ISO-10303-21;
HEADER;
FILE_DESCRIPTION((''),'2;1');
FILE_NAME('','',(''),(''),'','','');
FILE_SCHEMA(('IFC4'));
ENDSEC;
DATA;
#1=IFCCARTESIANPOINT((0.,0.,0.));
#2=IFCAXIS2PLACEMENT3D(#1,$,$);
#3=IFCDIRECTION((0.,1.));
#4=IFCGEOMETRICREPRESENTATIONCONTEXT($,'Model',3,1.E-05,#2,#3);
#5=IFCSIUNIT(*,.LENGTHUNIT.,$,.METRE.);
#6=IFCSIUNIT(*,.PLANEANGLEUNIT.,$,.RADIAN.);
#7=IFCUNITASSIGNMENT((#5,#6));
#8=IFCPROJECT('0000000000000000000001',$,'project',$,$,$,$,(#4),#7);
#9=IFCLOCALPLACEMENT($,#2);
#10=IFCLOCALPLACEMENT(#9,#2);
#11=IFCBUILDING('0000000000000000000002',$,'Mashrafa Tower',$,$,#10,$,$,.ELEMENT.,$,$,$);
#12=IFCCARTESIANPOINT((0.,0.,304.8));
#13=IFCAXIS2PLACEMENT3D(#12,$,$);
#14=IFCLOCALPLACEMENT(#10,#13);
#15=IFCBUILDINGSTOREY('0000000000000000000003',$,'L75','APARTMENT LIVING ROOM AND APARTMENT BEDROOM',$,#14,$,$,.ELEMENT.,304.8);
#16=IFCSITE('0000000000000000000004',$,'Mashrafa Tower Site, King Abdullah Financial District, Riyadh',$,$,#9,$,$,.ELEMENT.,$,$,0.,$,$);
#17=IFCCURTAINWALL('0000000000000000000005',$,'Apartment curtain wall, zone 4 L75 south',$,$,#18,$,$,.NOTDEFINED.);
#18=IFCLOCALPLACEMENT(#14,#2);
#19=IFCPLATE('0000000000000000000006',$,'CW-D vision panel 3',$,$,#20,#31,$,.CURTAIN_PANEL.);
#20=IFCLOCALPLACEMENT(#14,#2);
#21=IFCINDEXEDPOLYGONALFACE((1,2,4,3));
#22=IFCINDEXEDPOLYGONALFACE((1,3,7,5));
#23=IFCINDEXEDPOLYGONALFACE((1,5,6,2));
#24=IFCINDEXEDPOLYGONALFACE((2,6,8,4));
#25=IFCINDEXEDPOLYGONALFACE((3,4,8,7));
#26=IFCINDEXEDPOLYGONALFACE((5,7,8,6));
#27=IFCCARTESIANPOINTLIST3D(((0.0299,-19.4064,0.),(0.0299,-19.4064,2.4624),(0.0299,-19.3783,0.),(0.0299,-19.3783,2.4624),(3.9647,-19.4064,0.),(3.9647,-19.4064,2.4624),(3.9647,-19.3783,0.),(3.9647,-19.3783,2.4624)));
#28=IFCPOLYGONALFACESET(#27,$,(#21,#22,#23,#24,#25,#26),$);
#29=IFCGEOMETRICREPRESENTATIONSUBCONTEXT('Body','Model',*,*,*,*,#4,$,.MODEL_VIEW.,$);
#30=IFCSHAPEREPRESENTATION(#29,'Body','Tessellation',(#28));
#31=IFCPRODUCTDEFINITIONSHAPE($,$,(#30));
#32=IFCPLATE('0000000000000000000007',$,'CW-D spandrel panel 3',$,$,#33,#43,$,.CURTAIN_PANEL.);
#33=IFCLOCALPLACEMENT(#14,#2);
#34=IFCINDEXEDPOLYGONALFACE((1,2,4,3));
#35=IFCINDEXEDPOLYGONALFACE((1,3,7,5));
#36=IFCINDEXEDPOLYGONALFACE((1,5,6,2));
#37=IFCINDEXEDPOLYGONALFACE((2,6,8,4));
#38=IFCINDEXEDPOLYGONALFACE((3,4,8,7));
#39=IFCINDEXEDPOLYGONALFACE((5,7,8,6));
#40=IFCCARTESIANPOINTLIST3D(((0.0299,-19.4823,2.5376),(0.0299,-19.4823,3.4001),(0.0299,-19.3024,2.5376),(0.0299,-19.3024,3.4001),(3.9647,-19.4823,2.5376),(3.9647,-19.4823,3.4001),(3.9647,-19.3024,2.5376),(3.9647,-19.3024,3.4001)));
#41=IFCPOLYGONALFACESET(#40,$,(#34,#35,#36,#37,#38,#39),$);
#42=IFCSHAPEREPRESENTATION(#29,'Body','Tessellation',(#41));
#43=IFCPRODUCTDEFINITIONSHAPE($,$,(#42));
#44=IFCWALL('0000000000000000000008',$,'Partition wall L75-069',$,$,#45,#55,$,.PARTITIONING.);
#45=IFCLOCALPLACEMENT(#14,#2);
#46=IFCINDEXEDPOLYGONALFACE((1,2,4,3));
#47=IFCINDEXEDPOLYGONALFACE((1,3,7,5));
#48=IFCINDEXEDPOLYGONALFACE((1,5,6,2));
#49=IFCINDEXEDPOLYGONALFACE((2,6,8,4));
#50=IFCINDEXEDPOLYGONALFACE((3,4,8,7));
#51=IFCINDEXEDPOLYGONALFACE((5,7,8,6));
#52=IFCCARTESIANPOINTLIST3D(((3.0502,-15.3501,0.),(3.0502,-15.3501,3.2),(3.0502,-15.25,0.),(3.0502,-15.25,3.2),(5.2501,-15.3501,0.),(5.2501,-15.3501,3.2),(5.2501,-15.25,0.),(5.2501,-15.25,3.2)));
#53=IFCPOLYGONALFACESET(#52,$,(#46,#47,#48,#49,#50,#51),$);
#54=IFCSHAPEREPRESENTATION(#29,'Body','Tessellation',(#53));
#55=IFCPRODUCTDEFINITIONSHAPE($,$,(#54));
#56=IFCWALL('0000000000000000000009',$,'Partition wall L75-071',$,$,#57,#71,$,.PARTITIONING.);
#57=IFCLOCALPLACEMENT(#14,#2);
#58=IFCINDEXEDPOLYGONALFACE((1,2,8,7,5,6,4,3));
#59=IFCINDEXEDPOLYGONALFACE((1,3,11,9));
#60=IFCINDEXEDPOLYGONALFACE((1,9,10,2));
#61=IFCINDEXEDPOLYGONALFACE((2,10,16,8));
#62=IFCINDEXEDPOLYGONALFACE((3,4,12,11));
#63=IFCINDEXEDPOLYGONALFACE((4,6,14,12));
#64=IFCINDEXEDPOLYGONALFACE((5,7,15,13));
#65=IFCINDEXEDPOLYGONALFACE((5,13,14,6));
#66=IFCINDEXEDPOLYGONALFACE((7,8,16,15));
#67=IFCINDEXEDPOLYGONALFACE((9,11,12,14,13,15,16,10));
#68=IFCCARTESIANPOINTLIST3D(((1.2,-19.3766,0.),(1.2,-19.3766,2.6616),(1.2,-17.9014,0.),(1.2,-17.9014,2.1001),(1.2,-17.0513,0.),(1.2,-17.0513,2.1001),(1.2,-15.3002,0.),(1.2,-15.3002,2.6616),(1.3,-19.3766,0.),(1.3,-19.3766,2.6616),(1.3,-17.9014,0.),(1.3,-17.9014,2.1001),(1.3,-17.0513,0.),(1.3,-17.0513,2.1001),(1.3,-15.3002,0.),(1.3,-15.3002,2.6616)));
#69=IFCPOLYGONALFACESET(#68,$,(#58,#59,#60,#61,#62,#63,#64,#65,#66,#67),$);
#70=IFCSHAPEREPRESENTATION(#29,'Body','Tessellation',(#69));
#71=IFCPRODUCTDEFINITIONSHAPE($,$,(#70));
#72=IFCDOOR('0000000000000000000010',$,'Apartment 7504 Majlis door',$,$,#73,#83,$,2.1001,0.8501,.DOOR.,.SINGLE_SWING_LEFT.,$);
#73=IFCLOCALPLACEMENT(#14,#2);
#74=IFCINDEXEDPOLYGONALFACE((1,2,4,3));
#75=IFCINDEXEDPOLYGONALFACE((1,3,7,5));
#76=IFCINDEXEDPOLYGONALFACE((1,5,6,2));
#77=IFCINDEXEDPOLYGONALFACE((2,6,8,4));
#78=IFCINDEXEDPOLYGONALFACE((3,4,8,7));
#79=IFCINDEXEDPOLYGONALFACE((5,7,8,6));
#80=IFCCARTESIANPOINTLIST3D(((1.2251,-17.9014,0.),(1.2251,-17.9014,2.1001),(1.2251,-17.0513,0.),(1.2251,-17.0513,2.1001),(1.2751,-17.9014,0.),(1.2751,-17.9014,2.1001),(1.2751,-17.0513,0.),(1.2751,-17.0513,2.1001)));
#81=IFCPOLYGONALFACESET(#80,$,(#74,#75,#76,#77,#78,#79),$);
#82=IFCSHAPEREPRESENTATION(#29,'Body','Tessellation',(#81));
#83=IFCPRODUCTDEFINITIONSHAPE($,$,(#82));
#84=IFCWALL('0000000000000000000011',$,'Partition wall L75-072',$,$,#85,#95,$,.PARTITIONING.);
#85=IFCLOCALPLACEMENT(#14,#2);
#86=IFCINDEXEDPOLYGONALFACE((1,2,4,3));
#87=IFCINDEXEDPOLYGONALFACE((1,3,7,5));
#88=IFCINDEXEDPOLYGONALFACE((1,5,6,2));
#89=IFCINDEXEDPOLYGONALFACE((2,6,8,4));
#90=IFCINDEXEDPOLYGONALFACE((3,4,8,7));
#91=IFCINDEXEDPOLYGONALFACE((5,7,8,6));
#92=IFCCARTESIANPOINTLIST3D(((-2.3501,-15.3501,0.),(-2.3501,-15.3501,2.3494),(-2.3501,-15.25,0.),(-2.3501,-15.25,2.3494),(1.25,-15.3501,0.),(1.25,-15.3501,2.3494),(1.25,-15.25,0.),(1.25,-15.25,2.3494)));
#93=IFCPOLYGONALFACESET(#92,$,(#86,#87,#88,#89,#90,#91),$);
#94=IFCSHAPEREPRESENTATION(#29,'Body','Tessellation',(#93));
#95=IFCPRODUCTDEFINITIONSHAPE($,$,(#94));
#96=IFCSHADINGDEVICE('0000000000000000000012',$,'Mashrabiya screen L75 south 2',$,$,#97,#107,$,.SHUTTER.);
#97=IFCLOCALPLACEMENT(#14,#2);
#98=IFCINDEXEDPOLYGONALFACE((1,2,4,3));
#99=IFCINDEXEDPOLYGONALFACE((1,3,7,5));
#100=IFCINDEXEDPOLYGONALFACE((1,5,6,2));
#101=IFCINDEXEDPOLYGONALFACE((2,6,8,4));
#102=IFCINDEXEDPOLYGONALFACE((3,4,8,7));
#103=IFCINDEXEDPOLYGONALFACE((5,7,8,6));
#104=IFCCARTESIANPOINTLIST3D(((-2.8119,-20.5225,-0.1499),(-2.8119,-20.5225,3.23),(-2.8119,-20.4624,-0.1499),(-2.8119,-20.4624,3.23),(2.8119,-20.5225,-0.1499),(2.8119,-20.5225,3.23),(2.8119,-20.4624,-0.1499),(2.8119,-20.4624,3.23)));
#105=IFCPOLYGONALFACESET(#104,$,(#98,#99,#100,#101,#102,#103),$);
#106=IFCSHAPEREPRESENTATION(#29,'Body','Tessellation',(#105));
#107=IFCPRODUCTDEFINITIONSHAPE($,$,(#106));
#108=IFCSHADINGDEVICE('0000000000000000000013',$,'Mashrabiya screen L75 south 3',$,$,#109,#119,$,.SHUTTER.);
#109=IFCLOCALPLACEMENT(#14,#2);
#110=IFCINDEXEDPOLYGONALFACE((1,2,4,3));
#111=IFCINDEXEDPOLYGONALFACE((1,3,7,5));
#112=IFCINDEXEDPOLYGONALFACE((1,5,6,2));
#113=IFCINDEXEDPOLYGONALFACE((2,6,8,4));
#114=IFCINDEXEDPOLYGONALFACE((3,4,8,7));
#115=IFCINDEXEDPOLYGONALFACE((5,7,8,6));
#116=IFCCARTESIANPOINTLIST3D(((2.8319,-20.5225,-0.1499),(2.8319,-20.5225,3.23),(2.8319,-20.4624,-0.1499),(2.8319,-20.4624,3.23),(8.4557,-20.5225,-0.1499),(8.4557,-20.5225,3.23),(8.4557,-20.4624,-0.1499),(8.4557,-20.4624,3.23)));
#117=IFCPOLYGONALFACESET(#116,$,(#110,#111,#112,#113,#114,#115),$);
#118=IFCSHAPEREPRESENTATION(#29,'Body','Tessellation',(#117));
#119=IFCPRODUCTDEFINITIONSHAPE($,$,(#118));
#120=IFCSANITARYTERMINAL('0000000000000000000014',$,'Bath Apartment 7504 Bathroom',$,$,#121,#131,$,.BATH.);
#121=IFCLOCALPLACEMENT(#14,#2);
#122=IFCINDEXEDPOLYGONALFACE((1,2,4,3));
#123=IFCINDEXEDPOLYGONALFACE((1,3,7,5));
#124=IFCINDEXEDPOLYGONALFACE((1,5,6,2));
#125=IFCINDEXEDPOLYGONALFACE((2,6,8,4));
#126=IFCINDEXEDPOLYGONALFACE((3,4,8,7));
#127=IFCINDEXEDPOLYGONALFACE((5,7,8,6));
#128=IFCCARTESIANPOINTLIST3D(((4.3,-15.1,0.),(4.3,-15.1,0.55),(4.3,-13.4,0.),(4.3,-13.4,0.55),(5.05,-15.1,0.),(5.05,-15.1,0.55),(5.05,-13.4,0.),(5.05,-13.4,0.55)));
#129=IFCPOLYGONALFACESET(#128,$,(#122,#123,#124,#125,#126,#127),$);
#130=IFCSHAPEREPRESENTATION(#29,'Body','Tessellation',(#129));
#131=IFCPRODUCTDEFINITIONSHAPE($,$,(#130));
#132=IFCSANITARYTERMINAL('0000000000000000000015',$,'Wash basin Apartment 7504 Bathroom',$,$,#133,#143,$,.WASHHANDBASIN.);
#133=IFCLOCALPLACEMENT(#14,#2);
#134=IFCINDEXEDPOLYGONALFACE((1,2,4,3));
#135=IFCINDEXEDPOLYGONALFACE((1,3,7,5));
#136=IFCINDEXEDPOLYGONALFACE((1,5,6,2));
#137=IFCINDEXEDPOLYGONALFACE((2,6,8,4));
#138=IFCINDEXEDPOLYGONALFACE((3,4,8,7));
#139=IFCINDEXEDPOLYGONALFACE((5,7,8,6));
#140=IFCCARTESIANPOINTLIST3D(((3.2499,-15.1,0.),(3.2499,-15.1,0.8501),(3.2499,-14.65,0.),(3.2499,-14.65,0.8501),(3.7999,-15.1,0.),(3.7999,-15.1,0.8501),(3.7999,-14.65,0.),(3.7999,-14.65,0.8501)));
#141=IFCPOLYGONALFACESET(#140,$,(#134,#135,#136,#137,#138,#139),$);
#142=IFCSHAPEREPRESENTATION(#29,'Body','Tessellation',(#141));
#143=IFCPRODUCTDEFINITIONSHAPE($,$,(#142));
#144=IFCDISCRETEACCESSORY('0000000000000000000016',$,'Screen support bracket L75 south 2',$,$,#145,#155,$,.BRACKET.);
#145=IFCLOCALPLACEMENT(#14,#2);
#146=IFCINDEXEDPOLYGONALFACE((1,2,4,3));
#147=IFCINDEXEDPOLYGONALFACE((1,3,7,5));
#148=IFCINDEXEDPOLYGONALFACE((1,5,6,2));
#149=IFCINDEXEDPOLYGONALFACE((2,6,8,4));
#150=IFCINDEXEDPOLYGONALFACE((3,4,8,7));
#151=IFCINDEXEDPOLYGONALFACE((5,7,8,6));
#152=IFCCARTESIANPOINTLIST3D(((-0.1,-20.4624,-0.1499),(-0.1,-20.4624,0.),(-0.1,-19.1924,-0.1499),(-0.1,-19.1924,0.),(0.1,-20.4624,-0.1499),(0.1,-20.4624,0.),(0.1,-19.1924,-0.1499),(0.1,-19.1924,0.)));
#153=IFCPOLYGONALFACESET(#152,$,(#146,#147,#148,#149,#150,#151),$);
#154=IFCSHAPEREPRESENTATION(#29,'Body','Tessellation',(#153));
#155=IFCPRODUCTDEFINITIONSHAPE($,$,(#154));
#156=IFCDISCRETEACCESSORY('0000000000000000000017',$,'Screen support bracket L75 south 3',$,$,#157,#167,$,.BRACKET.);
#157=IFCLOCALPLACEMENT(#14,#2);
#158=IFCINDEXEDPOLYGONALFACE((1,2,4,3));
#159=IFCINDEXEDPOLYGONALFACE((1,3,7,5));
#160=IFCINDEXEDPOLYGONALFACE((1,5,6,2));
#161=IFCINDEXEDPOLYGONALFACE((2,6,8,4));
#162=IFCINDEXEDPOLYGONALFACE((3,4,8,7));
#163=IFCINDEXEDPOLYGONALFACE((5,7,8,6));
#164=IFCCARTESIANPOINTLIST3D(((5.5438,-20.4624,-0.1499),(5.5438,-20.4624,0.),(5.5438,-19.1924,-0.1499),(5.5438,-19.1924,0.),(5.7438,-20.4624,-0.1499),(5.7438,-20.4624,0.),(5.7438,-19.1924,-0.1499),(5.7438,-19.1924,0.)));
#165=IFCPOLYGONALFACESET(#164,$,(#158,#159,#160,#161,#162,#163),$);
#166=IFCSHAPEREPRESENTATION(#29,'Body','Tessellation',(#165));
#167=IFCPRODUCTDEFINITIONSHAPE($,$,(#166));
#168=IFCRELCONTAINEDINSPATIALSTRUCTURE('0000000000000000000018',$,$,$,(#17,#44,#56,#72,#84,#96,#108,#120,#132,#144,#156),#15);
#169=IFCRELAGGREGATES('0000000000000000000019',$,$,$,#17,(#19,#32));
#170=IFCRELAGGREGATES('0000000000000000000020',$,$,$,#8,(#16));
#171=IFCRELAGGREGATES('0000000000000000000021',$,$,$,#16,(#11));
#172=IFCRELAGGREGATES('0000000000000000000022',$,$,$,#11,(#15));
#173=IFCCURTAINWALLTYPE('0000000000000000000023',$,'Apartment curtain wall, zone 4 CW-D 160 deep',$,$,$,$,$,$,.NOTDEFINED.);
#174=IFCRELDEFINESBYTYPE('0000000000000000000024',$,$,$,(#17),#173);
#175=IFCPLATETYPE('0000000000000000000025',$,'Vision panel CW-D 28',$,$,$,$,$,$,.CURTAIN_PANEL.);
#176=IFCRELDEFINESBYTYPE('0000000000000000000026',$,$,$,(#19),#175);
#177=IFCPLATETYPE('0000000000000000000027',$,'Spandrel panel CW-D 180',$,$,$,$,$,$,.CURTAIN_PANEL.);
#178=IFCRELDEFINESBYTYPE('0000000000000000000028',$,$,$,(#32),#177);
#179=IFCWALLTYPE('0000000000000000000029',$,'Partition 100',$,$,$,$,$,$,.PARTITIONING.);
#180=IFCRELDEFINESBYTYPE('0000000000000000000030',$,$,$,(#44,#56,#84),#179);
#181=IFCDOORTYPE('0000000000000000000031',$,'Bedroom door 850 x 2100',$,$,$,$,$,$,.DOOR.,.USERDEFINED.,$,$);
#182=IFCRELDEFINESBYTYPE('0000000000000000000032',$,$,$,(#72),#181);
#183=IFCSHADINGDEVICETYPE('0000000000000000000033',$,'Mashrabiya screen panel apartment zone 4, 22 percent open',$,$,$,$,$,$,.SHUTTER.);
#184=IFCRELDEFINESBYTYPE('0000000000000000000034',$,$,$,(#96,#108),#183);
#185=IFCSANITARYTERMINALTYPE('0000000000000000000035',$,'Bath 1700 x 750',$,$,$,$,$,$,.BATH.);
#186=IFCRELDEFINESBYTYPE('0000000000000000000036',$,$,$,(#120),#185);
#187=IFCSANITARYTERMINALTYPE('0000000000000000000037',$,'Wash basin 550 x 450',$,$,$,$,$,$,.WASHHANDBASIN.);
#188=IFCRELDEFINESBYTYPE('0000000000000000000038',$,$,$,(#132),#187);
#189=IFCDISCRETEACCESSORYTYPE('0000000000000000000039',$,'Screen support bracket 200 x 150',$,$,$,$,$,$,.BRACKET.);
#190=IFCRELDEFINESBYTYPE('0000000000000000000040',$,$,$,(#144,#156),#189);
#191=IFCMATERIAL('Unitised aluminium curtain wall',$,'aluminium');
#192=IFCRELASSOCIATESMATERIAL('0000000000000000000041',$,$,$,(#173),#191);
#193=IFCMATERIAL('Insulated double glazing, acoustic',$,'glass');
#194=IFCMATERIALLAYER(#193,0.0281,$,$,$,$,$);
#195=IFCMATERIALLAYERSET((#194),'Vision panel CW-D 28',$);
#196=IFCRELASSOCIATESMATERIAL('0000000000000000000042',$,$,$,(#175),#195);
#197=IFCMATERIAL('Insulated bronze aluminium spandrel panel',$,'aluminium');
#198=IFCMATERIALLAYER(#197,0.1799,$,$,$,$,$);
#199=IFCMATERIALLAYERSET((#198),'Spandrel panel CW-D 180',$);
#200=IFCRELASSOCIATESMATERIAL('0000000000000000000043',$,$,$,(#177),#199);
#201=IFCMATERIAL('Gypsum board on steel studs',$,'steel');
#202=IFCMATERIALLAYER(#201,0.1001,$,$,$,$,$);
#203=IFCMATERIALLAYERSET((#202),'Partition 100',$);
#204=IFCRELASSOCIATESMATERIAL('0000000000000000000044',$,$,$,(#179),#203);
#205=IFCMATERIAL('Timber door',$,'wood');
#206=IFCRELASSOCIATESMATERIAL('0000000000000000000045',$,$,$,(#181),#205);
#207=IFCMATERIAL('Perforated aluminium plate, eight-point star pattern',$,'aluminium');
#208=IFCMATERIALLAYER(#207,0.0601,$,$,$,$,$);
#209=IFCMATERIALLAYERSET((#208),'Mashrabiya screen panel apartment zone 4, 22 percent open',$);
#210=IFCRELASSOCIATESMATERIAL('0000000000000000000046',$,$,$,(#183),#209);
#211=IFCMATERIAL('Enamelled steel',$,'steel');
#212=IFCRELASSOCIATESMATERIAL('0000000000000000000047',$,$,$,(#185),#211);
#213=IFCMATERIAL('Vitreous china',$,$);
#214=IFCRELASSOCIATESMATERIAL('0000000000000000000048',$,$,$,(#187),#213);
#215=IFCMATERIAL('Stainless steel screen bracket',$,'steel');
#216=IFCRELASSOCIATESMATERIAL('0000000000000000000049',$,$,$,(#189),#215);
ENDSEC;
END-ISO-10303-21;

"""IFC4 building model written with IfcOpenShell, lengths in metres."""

from ifc_helpers import new_model, si_unit, direction, frame, frame_2d, origin, origin_2d, place, context, subcontext, project, spatial, rectangle, extrude, source, transform, mapped, material, layer, layer_set, type_object, type_shapes, element, fill, aggregate, save


model = new_model("IFC4")

# Units and contexts
model_context = context("Model", 3, precision=1e-05, world=origin(), true_north=direction((0.0, 1.0)))
body_context = subcontext(model_context, "Body", "Model", "MODEL_VIEW")
ifc_project = project(units=[si_unit("LENGTHUNIT", "METRE"), si_unit("PLANEANGLEUNIT", "RADIAN")], contexts=[model_context])

# Site, building, storey
site_placement = place(None, origin())
site = spatial("IfcSite", under=ifc_project, at=site_placement, Name="Mashrafa Tower Site, King Abdullah Financial District, Riyadh", CompositionType="ELEMENT", RefElevation=0.0)
building_placement = place(site_placement, origin())
building = spatial("IfcBuilding", under=site, at=building_placement, Name="Mashrafa Tower", CompositionType="ELEMENT")
storey_placement = place(building_placement, frame((0.0, 0.0, 304.8)))
storey = spatial("IfcBuildingStorey", under=building, at=storey_placement, Name="L75", Description="APARTMENT LIVING ROOM AND APARTMENT BEDROOM", CompositionType="ELEMENT", Elevation=304.8)

# Curtain wall
ifc_material_1 = material(Name="Unitised aluminium curtain wall", Category="aluminium")
curtain_wall_type = type_object("IfcCurtainWallType", Name="Apartment curtain wall, zone 4 CW-D 160 deep", PredefinedType="NOTDEFINED", material=ifc_material_1)
curtain_wall_1_placement = place(storey_placement, origin())
curtain_wall_1 = element("IfcCurtainWall", 1, at=curtain_wall_1_placement, inside=storey, type_object=curtain_wall_type, Name="Apartment curtain wall, zone 4 L75 south", PredefinedType="NOTDEFINED")

# Plates
ifc_material_2 = material(Name="Insulated double glazing, acoustic", Category="glass")
ifc_layer_1 = layer(ifc_material_2, 0.0281)
ifc_layer_set_1 = layer_set([ifc_layer_1], Name="Vision panel CW-D 28")
plate_type_1 = type_object("IfcPlateType", Name="Vision panel CW-D 28", PredefinedType="CURTAIN_PANEL", material=ifc_layer_set_1)
ifc_material_3 = material(Name="Insulated bronze aluminium spandrel panel", Category="aluminium")
ifc_layer_2 = layer(ifc_material_3, 0.1799)
ifc_layer_set_2 = layer_set([ifc_layer_2], Name="Spandrel panel CW-D 180")
plate_type_2 = type_object("IfcPlateType", Name="Spandrel panel CW-D 180", PredefinedType="CURTAIN_PANEL", material=ifc_layer_set_2)
shared_shape_1 = source(origin(), body_context, "Body", "SweptSolid", [
    extrude(rectangle(XDim=3.9348, YDim=0.0281, at=origin_2d()), origin(), (0.0, 0.0, 1.0), 2.4624),
])
plate_1_placement = place(storey_placement, frame((1.9973, -19.3923, 0.0), z_axis=(0.0, 0.0, 1.0), x_axis=(1.0, 0.0, 0.0)))
plate_1 = element("IfcPlate", 2, at=plate_1_placement, type_object=plate_type_1, Name="CW-D vision panel 3", PredefinedType="CURTAIN_PANEL", context=body_context, shape_type="MappedRepresentation", body=[
    mapped(shared_shape_1, transform((0.0, 0.0, 0.0))),
])
shared_shape_2 = source(origin(), body_context, "Body", "SweptSolid", [
    extrude(rectangle(XDim=3.9348, YDim=0.1799, at=origin_2d()), origin(), (0.0, 0.0, 1.0), 0.8625),
])
plate_2_placement = place(storey_placement, frame((1.9973, -19.3923, 2.5376), z_axis=(0.0, 0.0, 1.0), x_axis=(1.0, 0.0, 0.0)))
plate_2 = element("IfcPlate", 3, at=plate_2_placement, type_object=plate_type_2, Name="CW-D spandrel panel 3", PredefinedType="CURTAIN_PANEL", context=body_context, shape_type="MappedRepresentation", body=[
    mapped(shared_shape_2, transform((0.0, 0.0, 0.0))),
])
aggregate(curtain_wall_1, [plate_1, plate_2])

# Wall
ifc_material_4 = material(Name="Gypsum board on steel studs", Category="steel")
ifc_layer_3 = layer(ifc_material_4, 0.1001)
ifc_layer_set_3 = layer_set([ifc_layer_3], Name="Partition 100")
wall_type = type_object("IfcWallType", Name="Partition 100", PredefinedType="PARTITIONING", material=ifc_layer_set_3)
wall_1_placement = place(storey_placement, frame((3.05, -15.3, 0.0), z_axis=(0.0, 0.0, 1.0), x_axis=(1.0, 0.0, 0.0)))
element("IfcWall", 4, at=wall_1_placement, inside=storey, type_object=wall_type, Name="Partition wall L75-069", PredefinedType="PARTITIONING", context=body_context, shape_type="SweptSolid", body=[
    extrude(rectangle(XDim=2.2, YDim=0.1001, at=frame_2d((1.1001, 0.0))), origin(), (0.0, 0.0, 1.0), 3.2),
])

# Wall, opening, door
wall_2_placement = place(storey_placement, frame((1.25, -19.3765, 0.0), z_axis=(0.0, 0.0, 1.0), x_axis=(0.0, 1.0, 0.0)))
wall_2 = element("IfcWall", 5, at=wall_2_placement, inside=storey, type_object=wall_type, Name="Partition wall L75-071", PredefinedType="PARTITIONING", context=body_context, shape_type="SweptSolid", body=[
    extrude(rectangle(XDim=4.0764, YDim=0.1001, at=frame_2d((2.0381, 0.0))), origin(), (0.0, 0.0, 1.0), 2.6616),
])
opening_placement = place(wall_2_placement, frame((1.4751, 0.0, 0.0)))
opening = element("IfcOpeningElement", 6, at=opening_placement, cuts=wall_2, PredefinedType="OPENING", context=body_context, shape_type="SweptSolid", body=[
    extrude(rectangle(XDim=0.8501, YDim=2.1001, at=frame_2d((0.425, 1.05))), frame((0.0, 0.0601, 0.0), z_axis=(0.0, -1.0, 0.0), x_axis=(1.0, 0.0, 0.0)), (0.0, 0.0, 1.0), 0.1201),
])
ifc_material_5 = material(Name="Timber door", Category="wood")
door_type = type_object("IfcDoorType", Name="Bedroom door 850 x 2100", OperationType="USERDEFINED", PredefinedType="DOOR", material=ifc_material_5)
door_placement = place(opening_placement, origin())
door = element("IfcDoor", 7, at=door_placement, inside=storey, type_object=door_type, Name="Apartment 7504 Majlis door", OperationType="SINGLE_SWING_LEFT", OverallHeight=2.1001, OverallWidth=0.8501, PredefinedType="DOOR", context=body_context, shape_type="SweptSolid", body=[
    extrude(rectangle(XDim=0.8501, YDim=2.1001, at=frame_2d((0.425, 1.05))), frame((0.0, 0.0249, 0.0), z_axis=(0.0, -1.0, 0.0), x_axis=(1.0, 0.0, 0.0)), (0.0, 0.0, 1.0), 0.05),
])
fill(opening, door)

# Wall
wall_3_placement = place(storey_placement, frame((1.25, -15.3, 0.0), z_axis=(0.0, 0.0, 1.0), x_axis=(-1.0, 0.0, 0.0)))
element("IfcWall", 8, at=wall_3_placement, inside=storey, type_object=wall_type, Name="Partition wall L75-072", PredefinedType="PARTITIONING", context=body_context, shape_type="SweptSolid", body=[
    extrude(rectangle(XDim=3.6001, YDim=0.1001, at=frame_2d((1.8, 0.0))), origin(), (0.0, 0.0, 1.0), 2.3494),
])

# Shading devices
ifc_material_6 = material(Name="Perforated aluminium plate, eight-point star pattern", Category="aluminium")
ifc_layer_4 = layer(ifc_material_6, 0.0601)
ifc_layer_set_4 = layer_set([ifc_layer_4], Name="Mashrabiya screen panel apartment zone 4, 22 percent open")
shading_device_type = type_object("IfcShadingDeviceType", Name="Mashrabiya screen panel apartment zone 4, 22 percent open", PredefinedType="SHUTTER", material=ifc_layer_set_4)
shared_shape_3 = source(origin(), body_context, "Body", "SweptSolid", [
    extrude(rectangle(XDim=5.6238, YDim=0.0601, at=origin_2d()), origin(), (0.0, 0.0, 1.0), 3.3799),
])
type_shapes(shading_device_type, [shared_shape_3])
for number, where, z_axis, x_axis, name in (
    (9, (0.0, -20.4924, -0.1499), (0.0, 0.0, 1.0), (1.0, 0.0, 0.0), "Mashrabiya screen L75 south 2"),
    (10, (5.6438, -20.4924, -0.1499), (0.0, 0.0, 1.0), (1.0, 0.0, 0.0), "Mashrabiya screen L75 south 3"),
):
    element("IfcShadingDevice", number, at=place(storey_placement, frame(where, z_axis=z_axis, x_axis=x_axis)), inside=storey, type_object=shading_device_type, Name=name, PredefinedType="SHUTTER", context=body_context, shape_type="MappedRepresentation", body=[
        mapped(shared_shape_3, transform((0.0, 0.0, 0.0))),
    ])

# Sanitary terminals
ifc_material_7 = material(Name="Enamelled steel", Category="steel")
sanitary_terminal_type_1 = type_object("IfcSanitaryTerminalType", Name="Bath 1700 x 750", PredefinedType="BATH", material=ifc_material_7)
sanitary_terminal_1_placement = place(storey_placement, frame((4.675, -14.25, 0.0), z_axis=(0.0, 0.0, 1.0), x_axis=(0.0, 1.0, 0.0)))
element("IfcSanitaryTerminal", 11, at=sanitary_terminal_1_placement, inside=storey, type_object=sanitary_terminal_type_1, Name="Bath Apartment 7504 Bathroom", PredefinedType="BATH", context=body_context, shape_type="SweptSolid", body=[
    extrude(rectangle(XDim=1.7, YDim=0.75, at=origin_2d()), origin(), (0.0, 0.0, 1.0), 0.55),
])
ifc_material_8 = material(Name="Vitreous china")
sanitary_terminal_type_2 = type_object("IfcSanitaryTerminalType", Name="Wash basin 550 x 450", PredefinedType="WASHHANDBASIN", material=ifc_material_8)
sanitary_terminal_2_placement = place(storey_placement, frame((3.5249, -14.875, 0.0), z_axis=(0.0, 0.0, 1.0), x_axis=(1.0, 0.0, 0.0)))
element("IfcSanitaryTerminal", 12, at=sanitary_terminal_2_placement, inside=storey, type_object=sanitary_terminal_type_2, Name="Wash basin Apartment 7504 Bathroom", PredefinedType="WASHHANDBASIN", context=body_context, shape_type="SweptSolid", body=[
    extrude(rectangle(XDim=0.55, YDim=0.45, at=origin_2d()), origin(), (0.0, 0.0, 1.0), 0.8501),
])

# Discrete accessories
ifc_material_9 = material(Name="Stainless steel screen bracket", Category="steel")
discrete_accessory_type = type_object("IfcDiscreteAccessoryType", Name="Screen support bracket 200 x 150", PredefinedType="BRACKET", material=ifc_material_9)
shared_shape_4 = source(origin(), body_context, "Body", "SweptSolid", [
    extrude(rectangle(XDim=0.2, YDim=1.27, at=origin_2d()), origin(), (0.0, 0.0, 1.0), 0.1499),
])
type_shapes(discrete_accessory_type, [shared_shape_4])
for number, where, z_axis, x_axis, name in (
    (13, (0.0, -19.8274, -0.1499), (0.0, 0.0, 1.0), (1.0, 0.0, 0.0), "Screen support bracket L75 south 2"),
    (14, (5.6438, -19.8274, -0.1499), (0.0, 0.0, 1.0), (1.0, 0.0, 0.0), "Screen support bracket L75 south 3"),
):
    element("IfcDiscreteAccessory", number, at=place(storey_placement, frame(where, z_axis=z_axis, x_axis=x_axis)), inside=storey, type_object=discrete_accessory_type, Name=name, PredefinedType="BRACKET", context=body_context, shape_type="MappedRepresentation", body=[
        mapped(shared_shape_4, transform((0.0, 0.0, 0.0))),
    ])

save(model, "model.ifc")
